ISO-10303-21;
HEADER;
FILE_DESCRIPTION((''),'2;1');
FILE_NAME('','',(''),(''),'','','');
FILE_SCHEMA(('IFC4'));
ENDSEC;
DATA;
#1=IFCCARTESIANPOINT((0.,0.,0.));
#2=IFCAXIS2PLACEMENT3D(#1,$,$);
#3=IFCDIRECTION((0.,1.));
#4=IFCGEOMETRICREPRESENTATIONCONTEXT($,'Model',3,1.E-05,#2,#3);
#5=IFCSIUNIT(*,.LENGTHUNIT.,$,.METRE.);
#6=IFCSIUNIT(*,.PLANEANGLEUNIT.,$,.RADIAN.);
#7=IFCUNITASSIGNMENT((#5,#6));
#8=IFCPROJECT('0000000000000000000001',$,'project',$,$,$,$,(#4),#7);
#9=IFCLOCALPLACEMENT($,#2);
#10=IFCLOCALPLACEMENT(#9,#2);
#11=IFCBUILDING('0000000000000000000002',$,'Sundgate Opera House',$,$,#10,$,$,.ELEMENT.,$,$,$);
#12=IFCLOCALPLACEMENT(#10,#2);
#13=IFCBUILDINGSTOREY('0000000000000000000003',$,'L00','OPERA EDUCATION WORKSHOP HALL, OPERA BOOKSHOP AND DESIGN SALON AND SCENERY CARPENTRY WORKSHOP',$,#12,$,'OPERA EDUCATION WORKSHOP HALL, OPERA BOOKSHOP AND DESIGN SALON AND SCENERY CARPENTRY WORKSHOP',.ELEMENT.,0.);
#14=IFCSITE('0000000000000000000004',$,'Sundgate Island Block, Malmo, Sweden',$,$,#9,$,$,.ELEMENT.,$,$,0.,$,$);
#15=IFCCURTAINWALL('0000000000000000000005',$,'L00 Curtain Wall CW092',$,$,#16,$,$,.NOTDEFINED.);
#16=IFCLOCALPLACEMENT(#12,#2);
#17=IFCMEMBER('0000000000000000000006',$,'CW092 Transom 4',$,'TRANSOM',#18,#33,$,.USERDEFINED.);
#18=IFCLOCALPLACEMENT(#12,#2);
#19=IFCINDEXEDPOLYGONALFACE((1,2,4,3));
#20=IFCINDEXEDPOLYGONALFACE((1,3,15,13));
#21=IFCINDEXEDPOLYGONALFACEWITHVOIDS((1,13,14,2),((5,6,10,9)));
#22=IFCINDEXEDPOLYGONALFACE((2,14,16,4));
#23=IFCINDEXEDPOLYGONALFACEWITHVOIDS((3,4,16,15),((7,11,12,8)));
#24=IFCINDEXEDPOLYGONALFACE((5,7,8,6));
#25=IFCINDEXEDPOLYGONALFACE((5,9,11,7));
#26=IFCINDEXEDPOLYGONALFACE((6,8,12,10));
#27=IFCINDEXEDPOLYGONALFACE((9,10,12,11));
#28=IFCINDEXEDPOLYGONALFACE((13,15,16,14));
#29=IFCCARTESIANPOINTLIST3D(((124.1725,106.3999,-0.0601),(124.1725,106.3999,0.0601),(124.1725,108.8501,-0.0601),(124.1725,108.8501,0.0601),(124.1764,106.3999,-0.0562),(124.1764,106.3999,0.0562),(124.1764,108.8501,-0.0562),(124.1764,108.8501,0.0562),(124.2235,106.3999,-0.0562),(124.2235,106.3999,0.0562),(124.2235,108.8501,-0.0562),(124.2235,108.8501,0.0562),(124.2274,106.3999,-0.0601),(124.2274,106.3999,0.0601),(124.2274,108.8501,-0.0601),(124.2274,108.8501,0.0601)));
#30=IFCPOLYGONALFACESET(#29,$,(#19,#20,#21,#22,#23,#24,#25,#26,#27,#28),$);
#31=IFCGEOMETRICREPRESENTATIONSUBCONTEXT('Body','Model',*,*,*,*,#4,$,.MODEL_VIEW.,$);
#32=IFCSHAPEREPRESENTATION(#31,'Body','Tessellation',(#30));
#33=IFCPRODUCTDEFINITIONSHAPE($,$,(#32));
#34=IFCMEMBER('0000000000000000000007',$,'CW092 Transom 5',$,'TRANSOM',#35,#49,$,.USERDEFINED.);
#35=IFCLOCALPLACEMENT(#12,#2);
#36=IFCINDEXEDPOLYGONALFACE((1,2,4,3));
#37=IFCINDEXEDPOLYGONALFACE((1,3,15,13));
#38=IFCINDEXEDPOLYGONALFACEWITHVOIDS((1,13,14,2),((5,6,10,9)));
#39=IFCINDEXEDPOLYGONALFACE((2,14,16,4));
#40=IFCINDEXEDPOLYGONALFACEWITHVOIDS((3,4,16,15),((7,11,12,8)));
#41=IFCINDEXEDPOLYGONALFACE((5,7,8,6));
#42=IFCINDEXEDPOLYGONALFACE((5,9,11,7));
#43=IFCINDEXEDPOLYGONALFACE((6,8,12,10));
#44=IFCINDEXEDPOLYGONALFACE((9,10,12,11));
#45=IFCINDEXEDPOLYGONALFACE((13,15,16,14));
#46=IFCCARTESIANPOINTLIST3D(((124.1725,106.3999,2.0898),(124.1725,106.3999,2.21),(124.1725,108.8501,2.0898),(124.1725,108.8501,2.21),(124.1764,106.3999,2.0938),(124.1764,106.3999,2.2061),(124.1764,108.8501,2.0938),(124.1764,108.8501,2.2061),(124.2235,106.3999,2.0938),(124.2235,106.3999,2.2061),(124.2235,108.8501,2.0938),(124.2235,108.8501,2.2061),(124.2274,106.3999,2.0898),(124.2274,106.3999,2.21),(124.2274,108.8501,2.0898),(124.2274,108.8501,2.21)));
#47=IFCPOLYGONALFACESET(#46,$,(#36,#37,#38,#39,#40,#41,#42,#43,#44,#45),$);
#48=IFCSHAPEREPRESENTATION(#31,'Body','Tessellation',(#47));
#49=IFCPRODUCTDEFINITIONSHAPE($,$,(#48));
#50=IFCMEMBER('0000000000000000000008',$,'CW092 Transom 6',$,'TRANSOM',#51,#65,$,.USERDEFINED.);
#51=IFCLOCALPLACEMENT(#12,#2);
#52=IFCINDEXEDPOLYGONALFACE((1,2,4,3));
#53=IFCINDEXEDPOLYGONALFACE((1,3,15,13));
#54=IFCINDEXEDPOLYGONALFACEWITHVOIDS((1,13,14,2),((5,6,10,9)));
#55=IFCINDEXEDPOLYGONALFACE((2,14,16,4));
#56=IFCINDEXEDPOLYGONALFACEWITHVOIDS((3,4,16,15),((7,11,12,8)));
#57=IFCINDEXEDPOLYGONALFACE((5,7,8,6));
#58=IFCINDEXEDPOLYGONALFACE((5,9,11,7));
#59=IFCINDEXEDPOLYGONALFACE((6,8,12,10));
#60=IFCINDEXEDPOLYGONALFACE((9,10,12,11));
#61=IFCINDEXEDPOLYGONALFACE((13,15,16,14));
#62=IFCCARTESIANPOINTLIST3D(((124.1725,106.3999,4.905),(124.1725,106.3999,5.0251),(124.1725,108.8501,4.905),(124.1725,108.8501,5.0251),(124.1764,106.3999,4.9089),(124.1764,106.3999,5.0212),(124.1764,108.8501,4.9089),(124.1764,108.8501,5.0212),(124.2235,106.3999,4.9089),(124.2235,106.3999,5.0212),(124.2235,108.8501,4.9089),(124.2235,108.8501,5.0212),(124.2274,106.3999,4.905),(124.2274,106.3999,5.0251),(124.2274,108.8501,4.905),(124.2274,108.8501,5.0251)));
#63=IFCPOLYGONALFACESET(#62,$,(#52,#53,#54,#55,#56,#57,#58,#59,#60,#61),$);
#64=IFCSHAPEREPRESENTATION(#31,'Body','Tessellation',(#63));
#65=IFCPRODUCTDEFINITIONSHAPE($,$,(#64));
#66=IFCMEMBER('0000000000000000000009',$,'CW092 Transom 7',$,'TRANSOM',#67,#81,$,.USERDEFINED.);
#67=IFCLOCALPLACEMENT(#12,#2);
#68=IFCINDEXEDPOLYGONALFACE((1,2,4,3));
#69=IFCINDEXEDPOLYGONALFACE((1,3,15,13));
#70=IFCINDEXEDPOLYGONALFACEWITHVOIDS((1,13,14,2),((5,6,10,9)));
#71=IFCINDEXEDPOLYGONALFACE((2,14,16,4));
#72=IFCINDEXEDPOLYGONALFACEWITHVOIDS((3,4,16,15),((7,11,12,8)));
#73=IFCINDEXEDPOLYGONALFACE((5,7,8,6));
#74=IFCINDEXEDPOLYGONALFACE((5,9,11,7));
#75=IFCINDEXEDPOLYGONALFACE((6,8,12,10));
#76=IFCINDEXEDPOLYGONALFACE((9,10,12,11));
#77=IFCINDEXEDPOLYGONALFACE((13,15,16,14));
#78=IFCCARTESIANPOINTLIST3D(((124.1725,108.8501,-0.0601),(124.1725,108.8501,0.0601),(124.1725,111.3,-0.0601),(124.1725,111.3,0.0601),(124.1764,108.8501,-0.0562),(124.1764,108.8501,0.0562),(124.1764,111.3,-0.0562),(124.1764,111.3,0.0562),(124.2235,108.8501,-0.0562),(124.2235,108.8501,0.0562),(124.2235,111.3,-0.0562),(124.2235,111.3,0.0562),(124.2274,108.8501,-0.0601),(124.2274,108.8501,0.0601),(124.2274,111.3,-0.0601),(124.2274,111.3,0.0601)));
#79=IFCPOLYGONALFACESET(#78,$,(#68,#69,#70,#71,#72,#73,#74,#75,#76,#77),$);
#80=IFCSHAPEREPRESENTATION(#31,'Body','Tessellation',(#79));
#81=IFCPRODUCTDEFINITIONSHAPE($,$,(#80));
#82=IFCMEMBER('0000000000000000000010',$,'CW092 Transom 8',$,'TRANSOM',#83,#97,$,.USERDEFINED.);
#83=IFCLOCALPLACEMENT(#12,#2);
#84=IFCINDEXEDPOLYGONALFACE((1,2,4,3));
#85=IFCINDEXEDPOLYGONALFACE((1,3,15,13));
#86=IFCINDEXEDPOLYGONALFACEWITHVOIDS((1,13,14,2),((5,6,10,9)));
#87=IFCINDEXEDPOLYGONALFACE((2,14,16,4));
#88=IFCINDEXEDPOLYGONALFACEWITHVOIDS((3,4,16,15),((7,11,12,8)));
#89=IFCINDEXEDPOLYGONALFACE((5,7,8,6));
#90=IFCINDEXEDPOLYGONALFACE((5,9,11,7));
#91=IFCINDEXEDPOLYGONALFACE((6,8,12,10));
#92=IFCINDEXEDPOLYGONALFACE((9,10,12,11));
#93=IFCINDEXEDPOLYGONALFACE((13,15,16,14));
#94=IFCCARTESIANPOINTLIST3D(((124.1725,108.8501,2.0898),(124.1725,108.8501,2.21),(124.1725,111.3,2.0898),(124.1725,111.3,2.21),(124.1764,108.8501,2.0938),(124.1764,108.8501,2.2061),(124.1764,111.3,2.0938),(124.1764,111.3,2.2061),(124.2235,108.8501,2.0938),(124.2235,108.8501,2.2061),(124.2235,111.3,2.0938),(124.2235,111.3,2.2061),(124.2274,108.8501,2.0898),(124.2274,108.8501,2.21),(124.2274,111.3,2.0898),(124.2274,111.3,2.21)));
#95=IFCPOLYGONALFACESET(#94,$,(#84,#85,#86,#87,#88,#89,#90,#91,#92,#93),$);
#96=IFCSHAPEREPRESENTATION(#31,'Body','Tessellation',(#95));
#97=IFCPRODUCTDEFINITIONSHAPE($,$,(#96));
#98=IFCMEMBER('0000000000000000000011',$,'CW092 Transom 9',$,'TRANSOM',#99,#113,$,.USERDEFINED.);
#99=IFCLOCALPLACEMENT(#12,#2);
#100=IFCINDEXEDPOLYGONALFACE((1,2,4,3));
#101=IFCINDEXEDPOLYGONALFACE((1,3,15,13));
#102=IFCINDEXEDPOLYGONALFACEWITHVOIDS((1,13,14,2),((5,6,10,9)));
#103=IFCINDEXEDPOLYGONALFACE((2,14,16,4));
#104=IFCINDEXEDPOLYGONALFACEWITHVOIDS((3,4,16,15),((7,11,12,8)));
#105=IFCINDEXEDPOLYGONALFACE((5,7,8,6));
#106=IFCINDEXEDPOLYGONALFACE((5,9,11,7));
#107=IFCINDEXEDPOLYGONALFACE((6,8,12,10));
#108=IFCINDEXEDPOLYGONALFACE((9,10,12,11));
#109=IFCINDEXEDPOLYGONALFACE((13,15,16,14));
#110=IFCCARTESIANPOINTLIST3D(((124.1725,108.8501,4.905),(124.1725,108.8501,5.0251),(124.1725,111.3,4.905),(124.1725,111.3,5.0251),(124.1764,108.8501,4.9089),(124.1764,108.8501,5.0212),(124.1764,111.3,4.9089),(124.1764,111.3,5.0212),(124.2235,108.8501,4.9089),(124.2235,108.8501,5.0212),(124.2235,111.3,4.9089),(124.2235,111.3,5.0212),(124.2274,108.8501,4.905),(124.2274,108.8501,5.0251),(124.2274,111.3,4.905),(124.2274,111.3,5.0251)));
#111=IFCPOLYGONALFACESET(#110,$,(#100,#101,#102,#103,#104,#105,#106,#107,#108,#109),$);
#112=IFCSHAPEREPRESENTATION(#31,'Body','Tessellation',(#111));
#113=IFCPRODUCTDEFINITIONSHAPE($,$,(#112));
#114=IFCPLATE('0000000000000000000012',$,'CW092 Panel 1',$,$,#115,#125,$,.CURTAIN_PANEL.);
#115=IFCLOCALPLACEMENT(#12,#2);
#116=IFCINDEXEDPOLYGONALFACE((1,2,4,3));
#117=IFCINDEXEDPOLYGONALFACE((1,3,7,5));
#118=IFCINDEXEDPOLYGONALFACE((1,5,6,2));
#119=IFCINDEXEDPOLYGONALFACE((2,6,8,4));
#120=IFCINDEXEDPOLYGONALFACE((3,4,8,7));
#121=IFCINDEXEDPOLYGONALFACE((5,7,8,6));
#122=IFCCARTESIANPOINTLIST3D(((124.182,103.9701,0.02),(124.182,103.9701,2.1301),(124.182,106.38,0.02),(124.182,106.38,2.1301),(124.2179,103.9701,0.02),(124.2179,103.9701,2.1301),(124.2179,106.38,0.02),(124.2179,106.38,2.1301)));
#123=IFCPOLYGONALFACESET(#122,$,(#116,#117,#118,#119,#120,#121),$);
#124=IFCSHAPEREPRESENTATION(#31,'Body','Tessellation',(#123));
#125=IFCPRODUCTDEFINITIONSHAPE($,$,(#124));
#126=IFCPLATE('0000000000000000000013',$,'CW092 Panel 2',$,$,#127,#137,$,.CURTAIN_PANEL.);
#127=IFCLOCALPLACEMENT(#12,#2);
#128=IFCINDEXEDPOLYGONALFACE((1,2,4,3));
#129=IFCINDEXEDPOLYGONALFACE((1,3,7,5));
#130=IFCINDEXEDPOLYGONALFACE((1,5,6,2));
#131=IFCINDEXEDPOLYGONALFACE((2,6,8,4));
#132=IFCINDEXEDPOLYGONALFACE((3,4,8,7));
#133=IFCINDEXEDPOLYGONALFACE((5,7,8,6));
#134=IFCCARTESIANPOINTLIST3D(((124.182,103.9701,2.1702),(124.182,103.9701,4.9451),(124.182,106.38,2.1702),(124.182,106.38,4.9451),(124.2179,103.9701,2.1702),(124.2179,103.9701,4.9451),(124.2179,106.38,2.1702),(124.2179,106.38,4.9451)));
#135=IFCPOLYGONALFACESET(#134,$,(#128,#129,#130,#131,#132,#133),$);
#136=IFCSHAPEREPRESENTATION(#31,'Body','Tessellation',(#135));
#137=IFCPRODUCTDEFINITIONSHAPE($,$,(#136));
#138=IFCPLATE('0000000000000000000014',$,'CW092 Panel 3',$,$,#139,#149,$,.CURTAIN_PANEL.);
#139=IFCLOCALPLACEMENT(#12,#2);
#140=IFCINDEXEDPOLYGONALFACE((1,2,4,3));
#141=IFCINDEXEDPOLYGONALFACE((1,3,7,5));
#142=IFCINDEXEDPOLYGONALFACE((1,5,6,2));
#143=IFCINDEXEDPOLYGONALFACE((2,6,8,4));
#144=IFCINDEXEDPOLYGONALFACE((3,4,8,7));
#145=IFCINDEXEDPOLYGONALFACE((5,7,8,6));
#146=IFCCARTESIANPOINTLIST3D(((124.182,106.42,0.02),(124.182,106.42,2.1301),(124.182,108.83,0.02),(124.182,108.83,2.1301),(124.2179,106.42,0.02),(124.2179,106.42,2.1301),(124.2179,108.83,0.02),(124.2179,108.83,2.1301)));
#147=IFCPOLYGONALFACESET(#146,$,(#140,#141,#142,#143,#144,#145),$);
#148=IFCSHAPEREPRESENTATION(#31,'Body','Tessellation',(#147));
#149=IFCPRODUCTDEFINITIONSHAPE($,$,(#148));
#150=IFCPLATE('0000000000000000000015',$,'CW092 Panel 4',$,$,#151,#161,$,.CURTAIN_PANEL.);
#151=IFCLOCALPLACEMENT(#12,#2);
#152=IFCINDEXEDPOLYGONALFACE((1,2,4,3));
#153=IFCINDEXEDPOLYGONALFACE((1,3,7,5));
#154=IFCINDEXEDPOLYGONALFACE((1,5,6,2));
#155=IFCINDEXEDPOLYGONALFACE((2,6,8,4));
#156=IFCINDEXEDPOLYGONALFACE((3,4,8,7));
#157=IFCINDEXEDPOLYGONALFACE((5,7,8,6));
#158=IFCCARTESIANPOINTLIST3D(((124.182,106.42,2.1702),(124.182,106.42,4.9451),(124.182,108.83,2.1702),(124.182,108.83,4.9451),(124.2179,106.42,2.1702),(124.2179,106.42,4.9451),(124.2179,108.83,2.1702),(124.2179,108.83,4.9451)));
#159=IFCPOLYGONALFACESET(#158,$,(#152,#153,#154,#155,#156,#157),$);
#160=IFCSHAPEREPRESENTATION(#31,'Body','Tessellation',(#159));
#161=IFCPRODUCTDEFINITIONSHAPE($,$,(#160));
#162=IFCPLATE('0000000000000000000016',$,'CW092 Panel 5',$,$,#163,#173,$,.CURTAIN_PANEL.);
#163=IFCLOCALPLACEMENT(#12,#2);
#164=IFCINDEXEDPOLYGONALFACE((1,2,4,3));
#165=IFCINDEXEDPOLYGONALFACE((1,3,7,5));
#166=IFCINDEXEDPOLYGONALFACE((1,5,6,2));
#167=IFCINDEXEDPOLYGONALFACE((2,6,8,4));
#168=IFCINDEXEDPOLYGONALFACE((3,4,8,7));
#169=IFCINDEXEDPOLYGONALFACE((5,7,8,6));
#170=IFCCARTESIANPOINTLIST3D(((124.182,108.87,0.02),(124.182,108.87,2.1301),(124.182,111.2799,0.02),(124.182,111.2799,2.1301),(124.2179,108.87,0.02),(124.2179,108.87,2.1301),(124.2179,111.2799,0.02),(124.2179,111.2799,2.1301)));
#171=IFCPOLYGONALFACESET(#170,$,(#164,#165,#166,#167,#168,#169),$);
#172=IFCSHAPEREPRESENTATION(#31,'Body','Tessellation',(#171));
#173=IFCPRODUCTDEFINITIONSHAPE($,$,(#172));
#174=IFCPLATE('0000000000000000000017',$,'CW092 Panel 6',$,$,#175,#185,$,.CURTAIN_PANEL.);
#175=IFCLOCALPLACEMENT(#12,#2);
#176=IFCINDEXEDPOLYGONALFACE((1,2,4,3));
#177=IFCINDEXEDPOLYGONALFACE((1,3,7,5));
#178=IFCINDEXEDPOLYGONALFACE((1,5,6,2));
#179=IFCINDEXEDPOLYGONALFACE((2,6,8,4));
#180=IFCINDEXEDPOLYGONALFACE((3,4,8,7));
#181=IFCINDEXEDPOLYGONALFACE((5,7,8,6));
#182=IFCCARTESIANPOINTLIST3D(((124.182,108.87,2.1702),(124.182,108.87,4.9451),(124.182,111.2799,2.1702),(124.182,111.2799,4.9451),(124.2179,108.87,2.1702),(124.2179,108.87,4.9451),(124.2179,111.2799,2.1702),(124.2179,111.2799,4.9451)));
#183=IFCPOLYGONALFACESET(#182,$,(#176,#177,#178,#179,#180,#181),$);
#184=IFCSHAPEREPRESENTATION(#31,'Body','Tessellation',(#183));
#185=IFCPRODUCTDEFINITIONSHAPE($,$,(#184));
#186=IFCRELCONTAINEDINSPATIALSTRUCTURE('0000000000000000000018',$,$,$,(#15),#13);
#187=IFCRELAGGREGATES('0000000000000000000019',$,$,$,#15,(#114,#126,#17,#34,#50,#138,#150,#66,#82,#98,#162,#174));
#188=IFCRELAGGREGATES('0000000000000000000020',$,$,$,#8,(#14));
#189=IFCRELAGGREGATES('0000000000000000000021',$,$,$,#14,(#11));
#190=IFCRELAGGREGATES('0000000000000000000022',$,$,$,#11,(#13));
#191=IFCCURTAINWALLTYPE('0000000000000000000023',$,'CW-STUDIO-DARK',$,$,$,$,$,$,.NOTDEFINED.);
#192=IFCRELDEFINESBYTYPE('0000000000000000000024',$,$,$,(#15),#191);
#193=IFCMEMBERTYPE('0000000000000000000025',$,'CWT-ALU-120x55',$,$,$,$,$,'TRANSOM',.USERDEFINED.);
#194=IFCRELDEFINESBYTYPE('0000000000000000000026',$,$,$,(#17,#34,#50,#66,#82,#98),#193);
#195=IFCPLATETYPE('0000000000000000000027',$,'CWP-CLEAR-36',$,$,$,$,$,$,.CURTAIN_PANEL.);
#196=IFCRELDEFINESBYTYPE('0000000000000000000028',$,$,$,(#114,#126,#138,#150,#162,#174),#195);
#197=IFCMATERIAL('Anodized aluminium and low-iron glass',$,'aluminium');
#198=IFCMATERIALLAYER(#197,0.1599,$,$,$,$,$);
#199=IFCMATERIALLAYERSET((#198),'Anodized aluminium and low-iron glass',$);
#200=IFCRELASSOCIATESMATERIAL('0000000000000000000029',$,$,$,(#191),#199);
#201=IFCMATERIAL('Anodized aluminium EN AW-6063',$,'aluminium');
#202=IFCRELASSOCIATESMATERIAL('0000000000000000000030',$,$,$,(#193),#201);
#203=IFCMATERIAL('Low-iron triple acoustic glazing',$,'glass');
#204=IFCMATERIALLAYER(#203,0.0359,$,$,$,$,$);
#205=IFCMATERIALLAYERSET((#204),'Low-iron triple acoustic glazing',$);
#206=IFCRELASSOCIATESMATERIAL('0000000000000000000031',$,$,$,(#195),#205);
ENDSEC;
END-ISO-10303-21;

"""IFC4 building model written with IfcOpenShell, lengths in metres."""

from ifc_helpers import new_model, si_unit, direction, frame, origin, origin_2d, place, context, subcontext, project, spatial, rectangle, hollow_rectangle, extrude, material, layer, layer_set, material_profile, profile_set, type_object, element, aggregate, save


model = new_model("IFC4")

# Units and contexts
model_context = context("Model", 3, precision=1e-05, world=origin(), true_north=direction((0.0, 1.0)))
body_context = subcontext(model_context, "Body", "Model", "MODEL_VIEW")
ifc_project = project(units=[si_unit("LENGTHUNIT", "METRE"), si_unit("PLANEANGLEUNIT", "RADIAN")], contexts=[model_context])

# Site, building, storey
site_placement = place(None, origin())
site = spatial("IfcSite", under=ifc_project, at=site_placement, Name="Sundgate Island Block, Malmo, Sweden", CompositionType="ELEMENT", RefElevation=0.0)
building_placement = place(site_placement, origin())
building = spatial("IfcBuilding", under=site, at=building_placement, Name="Sundgate Opera House", CompositionType="ELEMENT")
storey_placement = place(building_placement, origin())
storey = spatial("IfcBuildingStorey", under=building, at=storey_placement, Name="L00", Description="OPERA EDUCATION WORKSHOP HALL, OPERA BOOKSHOP AND DESIGN SALON AND SCENERY CARPENTRY WORKSHOP", LongName="OPERA EDUCATION WORKSHOP HALL, OPERA BOOKSHOP AND DESIGN SALON AND SCENERY CARPENTRY WORKSHOP", CompositionType="ELEMENT", Elevation=0.0)

# Shared definitions
ifc_material_1 = material(Name="Anodized aluminium and low-iron glass", Category="aluminium")
ifc_layer_1 = layer(ifc_material_1, 0.1599)
ifc_layer_set_1 = layer_set([ifc_layer_1], Name="Anodized aluminium and low-iron glass")
curtain_wall_type = type_object("IfcCurtainWallType", Name="CW-STUDIO-DARK", PredefinedType="NOTDEFINED", material=ifc_layer_set_1)

# Curtain wall, members, plates
curtain_wall_1_placement = place(storey_placement, origin())
curtain_wall_1 = element("IfcCurtainWall", 1, at=curtain_wall_1_placement, inside=storey, type_object=curtain_wall_type, Name="L00 Curtain Wall CW092", PredefinedType="NOTDEFINED")
ifc_material_2 = material(Name="Anodized aluminium EN AW-6063", Category="aluminium")
ifc_material_profile_1 = material_profile(ifc_material_2, hollow_rectangle(XDim=0.0549, YDim=0.1201, WallThickness=0.0039, at=origin_2d()), Name="CWT 120x55x4")
ifc_profile_set_1 = profile_set([ifc_material_profile_1], Name="Anodized aluminium EN AW-6063")
member_type_1 = type_object("IfcMemberType", Name="CWT-ALU-120x55", ElementType="TRANSOM", PredefinedType="USERDEFINED", material=ifc_profile_set_1)
member_1_placement = place(storey_placement, frame((124.2, 106.3999, 0.0), z_axis=(0.0, 1.0, 0.0), x_axis=(-1.0, 0.0, 0.0)))
member_1 = element("IfcMember", 2, at=member_1_placement, type_object=member_type_1, Name="CW092 Transom 4", ObjectType="TRANSOM", PredefinedType="USERDEFINED", context=body_context, shape_type="SweptSolid", body=[
    extrude(hollow_rectangle(XDim=0.0549, YDim=0.1201, WallThickness=0.0039, at=origin_2d()), origin(), (0.0, 0.0, 1.0), 2.4502),
])
member_2_placement = place(storey_placement, frame((124.2, 106.3999, 2.1499), z_axis=(0.0, 1.0, 0.0), x_axis=(-1.0, 0.0, 0.0)))
member_2 = element("IfcMember", 3, at=member_2_placement, type_object=member_type_1, Name="CW092 Transom 5", ObjectType="TRANSOM", PredefinedType="USERDEFINED", context=body_context, shape_type="SweptSolid", body=[
    extrude(hollow_rectangle(XDim=0.0549, YDim=0.1201, WallThickness=0.0039, at=origin_2d()), origin(), (0.0, 0.0, 1.0), 2.4502),
])
member_3_placement = place(storey_placement, frame((124.2, 106.3999, 4.9651), z_axis=(0.0, 1.0, 0.0), x_axis=(-1.0, 0.0, 0.0)))
member_3 = element("IfcMember", 4, at=member_3_placement, type_object=member_type_1, Name="CW092 Transom 6", ObjectType="TRANSOM", PredefinedType="USERDEFINED", context=body_context, shape_type="SweptSolid", body=[
    extrude(hollow_rectangle(XDim=0.0549, YDim=0.1201, WallThickness=0.0039, at=origin_2d()), origin(), (0.0, 0.0, 1.0), 2.4502),
])
member_4_placement = place(storey_placement, frame((124.2, 108.8501, 0.0), z_axis=(0.0, 1.0, 0.0), x_axis=(-1.0, 0.0, 0.0)))
member_4 = element("IfcMember", 5, at=member_4_placement, type_object=member_type_1, Name="CW092 Transom 7", ObjectType="TRANSOM", PredefinedType="USERDEFINED", context=body_context, shape_type="SweptSolid", body=[
    extrude(hollow_rectangle(XDim=0.0549, YDim=0.1201, WallThickness=0.0039, at=origin_2d()), origin(), (0.0, 0.0, 1.0), 2.45),
])
member_5_placement = place(storey_placement, frame((124.2, 108.8501, 2.1499), z_axis=(0.0, 1.0, 0.0), x_axis=(-1.0, 0.0, 0.0)))
member_5 = element("IfcMember", 6, at=member_5_placement, type_object=member_type_1, Name="CW092 Transom 8", ObjectType="TRANSOM", PredefinedType="USERDEFINED", context=body_context, shape_type="SweptSolid", body=[
    extrude(hollow_rectangle(XDim=0.0549, YDim=0.1201, WallThickness=0.0039, at=origin_2d()), origin(), (0.0, 0.0, 1.0), 2.45),
])
member_6_placement = place(storey_placement, frame((124.2, 108.8501, 4.9651), z_axis=(0.0, 1.0, 0.0), x_axis=(-1.0, 0.0, 0.0)))
member_6 = element("IfcMember", 7, at=member_6_placement, type_object=member_type_1, Name="CW092 Transom 9", ObjectType="TRANSOM", PredefinedType="USERDEFINED", context=body_context, shape_type="SweptSolid", body=[
    extrude(hollow_rectangle(XDim=0.0549, YDim=0.1201, WallThickness=0.0039, at=origin_2d()), origin(), (0.0, 0.0, 1.0), 2.45),
])
ifc_material_3 = material(Name="Low-iron triple acoustic glazing", Category="glass")
ifc_layer_2 = layer(ifc_material_3, 0.0359)
ifc_layer_set_2 = layer_set([ifc_layer_2], Name="Low-iron triple acoustic glazing")
plate_type = type_object("IfcPlateType", Name="CWP-CLEAR-36", PredefinedType="CURTAIN_PANEL", material=ifc_layer_set_2)
plate_1_placement = place(storey_placement, frame((124.2, 105.175, 0.02), z_axis=(0.0, 0.0, 1.0), x_axis=(0.0, 1.0, 0.0)))
plate_1 = element("IfcPlate", 8, at=plate_1_placement, type_object=plate_type, Name="CW092 Panel 1", PredefinedType="CURTAIN_PANEL", context=body_context, shape_type="SweptSolid", body=[
    extrude(rectangle(XDim=2.4099, YDim=0.0359, at=origin_2d()), origin(), (0.0, 0.0, 1.0), 2.1101),
])
plate_2_placement = place(storey_placement, frame((124.2, 105.175, 2.1702), z_axis=(0.0, 0.0, 1.0), x_axis=(0.0, 1.0, 0.0)))
plate_2 = element("IfcPlate", 9, at=plate_2_placement, type_object=plate_type, Name="CW092 Panel 2", PredefinedType="CURTAIN_PANEL", context=body_context, shape_type="SweptSolid", body=[
    extrude(rectangle(XDim=2.4099, YDim=0.0359, at=origin_2d()), origin(), (0.0, 0.0, 1.0), 2.7749),
])
plate_3_placement = place(storey_placement, frame((124.2, 107.625, 0.02), z_axis=(0.0, 0.0, 1.0), x_axis=(0.0, 1.0, 0.0)))
plate_3 = element("IfcPlate", 10, at=plate_3_placement, type_object=plate_type, Name="CW092 Panel 3", PredefinedType="CURTAIN_PANEL", context=body_context, shape_type="SweptSolid", body=[
    extrude(rectangle(XDim=2.4099, YDim=0.0359, at=origin_2d()), origin(), (0.0, 0.0, 1.0), 2.1101),
])
plate_4_placement = place(storey_placement, frame((124.2, 107.625, 2.1702), z_axis=(0.0, 0.0, 1.0), x_axis=(0.0, 1.0, 0.0)))
plate_4 = element("IfcPlate", 11, at=plate_4_placement, type_object=plate_type, Name="CW092 Panel 4", PredefinedType="CURTAIN_PANEL", context=body_context, shape_type="SweptSolid", body=[
    extrude(rectangle(XDim=2.4099, YDim=0.0359, at=origin_2d()), origin(), (0.0, 0.0, 1.0), 2.7749),
])
plate_5_placement = place(storey_placement, frame((124.2, 110.075, 0.02), z_axis=(0.0, 0.0, 1.0), x_axis=(0.0, 1.0, 0.0)))
plate_5 = element("IfcPlate", 12, at=plate_5_placement, type_object=plate_type, Name="CW092 Panel 5", PredefinedType="CURTAIN_PANEL", context=body_context, shape_type="SweptSolid", body=[
    extrude(rectangle(XDim=2.4099, YDim=0.0359, at=origin_2d()), origin(), (0.0, 0.0, 1.0), 2.1101),
])
plate_6_placement = place(storey_placement, frame((124.2, 110.075, 2.1702), z_axis=(0.0, 0.0, 1.0), x_axis=(0.0, 1.0, 0.0)))
plate_6 = element("IfcPlate", 13, at=plate_6_placement, type_object=plate_type, Name="CW092 Panel 6", PredefinedType="CURTAIN_PANEL", context=body_context, shape_type="SweptSolid", body=[
    extrude(rectangle(XDim=2.4099, YDim=0.0359, at=origin_2d()), origin(), (0.0, 0.0, 1.0), 2.7749),
])
aggregate(curtain_wall_1, [plate_1, plate_2, member_1, member_2, member_3, plate_3, plate_4, member_4, member_5, member_6, plate_5, plate_6])

save(model, "model.ifc")
